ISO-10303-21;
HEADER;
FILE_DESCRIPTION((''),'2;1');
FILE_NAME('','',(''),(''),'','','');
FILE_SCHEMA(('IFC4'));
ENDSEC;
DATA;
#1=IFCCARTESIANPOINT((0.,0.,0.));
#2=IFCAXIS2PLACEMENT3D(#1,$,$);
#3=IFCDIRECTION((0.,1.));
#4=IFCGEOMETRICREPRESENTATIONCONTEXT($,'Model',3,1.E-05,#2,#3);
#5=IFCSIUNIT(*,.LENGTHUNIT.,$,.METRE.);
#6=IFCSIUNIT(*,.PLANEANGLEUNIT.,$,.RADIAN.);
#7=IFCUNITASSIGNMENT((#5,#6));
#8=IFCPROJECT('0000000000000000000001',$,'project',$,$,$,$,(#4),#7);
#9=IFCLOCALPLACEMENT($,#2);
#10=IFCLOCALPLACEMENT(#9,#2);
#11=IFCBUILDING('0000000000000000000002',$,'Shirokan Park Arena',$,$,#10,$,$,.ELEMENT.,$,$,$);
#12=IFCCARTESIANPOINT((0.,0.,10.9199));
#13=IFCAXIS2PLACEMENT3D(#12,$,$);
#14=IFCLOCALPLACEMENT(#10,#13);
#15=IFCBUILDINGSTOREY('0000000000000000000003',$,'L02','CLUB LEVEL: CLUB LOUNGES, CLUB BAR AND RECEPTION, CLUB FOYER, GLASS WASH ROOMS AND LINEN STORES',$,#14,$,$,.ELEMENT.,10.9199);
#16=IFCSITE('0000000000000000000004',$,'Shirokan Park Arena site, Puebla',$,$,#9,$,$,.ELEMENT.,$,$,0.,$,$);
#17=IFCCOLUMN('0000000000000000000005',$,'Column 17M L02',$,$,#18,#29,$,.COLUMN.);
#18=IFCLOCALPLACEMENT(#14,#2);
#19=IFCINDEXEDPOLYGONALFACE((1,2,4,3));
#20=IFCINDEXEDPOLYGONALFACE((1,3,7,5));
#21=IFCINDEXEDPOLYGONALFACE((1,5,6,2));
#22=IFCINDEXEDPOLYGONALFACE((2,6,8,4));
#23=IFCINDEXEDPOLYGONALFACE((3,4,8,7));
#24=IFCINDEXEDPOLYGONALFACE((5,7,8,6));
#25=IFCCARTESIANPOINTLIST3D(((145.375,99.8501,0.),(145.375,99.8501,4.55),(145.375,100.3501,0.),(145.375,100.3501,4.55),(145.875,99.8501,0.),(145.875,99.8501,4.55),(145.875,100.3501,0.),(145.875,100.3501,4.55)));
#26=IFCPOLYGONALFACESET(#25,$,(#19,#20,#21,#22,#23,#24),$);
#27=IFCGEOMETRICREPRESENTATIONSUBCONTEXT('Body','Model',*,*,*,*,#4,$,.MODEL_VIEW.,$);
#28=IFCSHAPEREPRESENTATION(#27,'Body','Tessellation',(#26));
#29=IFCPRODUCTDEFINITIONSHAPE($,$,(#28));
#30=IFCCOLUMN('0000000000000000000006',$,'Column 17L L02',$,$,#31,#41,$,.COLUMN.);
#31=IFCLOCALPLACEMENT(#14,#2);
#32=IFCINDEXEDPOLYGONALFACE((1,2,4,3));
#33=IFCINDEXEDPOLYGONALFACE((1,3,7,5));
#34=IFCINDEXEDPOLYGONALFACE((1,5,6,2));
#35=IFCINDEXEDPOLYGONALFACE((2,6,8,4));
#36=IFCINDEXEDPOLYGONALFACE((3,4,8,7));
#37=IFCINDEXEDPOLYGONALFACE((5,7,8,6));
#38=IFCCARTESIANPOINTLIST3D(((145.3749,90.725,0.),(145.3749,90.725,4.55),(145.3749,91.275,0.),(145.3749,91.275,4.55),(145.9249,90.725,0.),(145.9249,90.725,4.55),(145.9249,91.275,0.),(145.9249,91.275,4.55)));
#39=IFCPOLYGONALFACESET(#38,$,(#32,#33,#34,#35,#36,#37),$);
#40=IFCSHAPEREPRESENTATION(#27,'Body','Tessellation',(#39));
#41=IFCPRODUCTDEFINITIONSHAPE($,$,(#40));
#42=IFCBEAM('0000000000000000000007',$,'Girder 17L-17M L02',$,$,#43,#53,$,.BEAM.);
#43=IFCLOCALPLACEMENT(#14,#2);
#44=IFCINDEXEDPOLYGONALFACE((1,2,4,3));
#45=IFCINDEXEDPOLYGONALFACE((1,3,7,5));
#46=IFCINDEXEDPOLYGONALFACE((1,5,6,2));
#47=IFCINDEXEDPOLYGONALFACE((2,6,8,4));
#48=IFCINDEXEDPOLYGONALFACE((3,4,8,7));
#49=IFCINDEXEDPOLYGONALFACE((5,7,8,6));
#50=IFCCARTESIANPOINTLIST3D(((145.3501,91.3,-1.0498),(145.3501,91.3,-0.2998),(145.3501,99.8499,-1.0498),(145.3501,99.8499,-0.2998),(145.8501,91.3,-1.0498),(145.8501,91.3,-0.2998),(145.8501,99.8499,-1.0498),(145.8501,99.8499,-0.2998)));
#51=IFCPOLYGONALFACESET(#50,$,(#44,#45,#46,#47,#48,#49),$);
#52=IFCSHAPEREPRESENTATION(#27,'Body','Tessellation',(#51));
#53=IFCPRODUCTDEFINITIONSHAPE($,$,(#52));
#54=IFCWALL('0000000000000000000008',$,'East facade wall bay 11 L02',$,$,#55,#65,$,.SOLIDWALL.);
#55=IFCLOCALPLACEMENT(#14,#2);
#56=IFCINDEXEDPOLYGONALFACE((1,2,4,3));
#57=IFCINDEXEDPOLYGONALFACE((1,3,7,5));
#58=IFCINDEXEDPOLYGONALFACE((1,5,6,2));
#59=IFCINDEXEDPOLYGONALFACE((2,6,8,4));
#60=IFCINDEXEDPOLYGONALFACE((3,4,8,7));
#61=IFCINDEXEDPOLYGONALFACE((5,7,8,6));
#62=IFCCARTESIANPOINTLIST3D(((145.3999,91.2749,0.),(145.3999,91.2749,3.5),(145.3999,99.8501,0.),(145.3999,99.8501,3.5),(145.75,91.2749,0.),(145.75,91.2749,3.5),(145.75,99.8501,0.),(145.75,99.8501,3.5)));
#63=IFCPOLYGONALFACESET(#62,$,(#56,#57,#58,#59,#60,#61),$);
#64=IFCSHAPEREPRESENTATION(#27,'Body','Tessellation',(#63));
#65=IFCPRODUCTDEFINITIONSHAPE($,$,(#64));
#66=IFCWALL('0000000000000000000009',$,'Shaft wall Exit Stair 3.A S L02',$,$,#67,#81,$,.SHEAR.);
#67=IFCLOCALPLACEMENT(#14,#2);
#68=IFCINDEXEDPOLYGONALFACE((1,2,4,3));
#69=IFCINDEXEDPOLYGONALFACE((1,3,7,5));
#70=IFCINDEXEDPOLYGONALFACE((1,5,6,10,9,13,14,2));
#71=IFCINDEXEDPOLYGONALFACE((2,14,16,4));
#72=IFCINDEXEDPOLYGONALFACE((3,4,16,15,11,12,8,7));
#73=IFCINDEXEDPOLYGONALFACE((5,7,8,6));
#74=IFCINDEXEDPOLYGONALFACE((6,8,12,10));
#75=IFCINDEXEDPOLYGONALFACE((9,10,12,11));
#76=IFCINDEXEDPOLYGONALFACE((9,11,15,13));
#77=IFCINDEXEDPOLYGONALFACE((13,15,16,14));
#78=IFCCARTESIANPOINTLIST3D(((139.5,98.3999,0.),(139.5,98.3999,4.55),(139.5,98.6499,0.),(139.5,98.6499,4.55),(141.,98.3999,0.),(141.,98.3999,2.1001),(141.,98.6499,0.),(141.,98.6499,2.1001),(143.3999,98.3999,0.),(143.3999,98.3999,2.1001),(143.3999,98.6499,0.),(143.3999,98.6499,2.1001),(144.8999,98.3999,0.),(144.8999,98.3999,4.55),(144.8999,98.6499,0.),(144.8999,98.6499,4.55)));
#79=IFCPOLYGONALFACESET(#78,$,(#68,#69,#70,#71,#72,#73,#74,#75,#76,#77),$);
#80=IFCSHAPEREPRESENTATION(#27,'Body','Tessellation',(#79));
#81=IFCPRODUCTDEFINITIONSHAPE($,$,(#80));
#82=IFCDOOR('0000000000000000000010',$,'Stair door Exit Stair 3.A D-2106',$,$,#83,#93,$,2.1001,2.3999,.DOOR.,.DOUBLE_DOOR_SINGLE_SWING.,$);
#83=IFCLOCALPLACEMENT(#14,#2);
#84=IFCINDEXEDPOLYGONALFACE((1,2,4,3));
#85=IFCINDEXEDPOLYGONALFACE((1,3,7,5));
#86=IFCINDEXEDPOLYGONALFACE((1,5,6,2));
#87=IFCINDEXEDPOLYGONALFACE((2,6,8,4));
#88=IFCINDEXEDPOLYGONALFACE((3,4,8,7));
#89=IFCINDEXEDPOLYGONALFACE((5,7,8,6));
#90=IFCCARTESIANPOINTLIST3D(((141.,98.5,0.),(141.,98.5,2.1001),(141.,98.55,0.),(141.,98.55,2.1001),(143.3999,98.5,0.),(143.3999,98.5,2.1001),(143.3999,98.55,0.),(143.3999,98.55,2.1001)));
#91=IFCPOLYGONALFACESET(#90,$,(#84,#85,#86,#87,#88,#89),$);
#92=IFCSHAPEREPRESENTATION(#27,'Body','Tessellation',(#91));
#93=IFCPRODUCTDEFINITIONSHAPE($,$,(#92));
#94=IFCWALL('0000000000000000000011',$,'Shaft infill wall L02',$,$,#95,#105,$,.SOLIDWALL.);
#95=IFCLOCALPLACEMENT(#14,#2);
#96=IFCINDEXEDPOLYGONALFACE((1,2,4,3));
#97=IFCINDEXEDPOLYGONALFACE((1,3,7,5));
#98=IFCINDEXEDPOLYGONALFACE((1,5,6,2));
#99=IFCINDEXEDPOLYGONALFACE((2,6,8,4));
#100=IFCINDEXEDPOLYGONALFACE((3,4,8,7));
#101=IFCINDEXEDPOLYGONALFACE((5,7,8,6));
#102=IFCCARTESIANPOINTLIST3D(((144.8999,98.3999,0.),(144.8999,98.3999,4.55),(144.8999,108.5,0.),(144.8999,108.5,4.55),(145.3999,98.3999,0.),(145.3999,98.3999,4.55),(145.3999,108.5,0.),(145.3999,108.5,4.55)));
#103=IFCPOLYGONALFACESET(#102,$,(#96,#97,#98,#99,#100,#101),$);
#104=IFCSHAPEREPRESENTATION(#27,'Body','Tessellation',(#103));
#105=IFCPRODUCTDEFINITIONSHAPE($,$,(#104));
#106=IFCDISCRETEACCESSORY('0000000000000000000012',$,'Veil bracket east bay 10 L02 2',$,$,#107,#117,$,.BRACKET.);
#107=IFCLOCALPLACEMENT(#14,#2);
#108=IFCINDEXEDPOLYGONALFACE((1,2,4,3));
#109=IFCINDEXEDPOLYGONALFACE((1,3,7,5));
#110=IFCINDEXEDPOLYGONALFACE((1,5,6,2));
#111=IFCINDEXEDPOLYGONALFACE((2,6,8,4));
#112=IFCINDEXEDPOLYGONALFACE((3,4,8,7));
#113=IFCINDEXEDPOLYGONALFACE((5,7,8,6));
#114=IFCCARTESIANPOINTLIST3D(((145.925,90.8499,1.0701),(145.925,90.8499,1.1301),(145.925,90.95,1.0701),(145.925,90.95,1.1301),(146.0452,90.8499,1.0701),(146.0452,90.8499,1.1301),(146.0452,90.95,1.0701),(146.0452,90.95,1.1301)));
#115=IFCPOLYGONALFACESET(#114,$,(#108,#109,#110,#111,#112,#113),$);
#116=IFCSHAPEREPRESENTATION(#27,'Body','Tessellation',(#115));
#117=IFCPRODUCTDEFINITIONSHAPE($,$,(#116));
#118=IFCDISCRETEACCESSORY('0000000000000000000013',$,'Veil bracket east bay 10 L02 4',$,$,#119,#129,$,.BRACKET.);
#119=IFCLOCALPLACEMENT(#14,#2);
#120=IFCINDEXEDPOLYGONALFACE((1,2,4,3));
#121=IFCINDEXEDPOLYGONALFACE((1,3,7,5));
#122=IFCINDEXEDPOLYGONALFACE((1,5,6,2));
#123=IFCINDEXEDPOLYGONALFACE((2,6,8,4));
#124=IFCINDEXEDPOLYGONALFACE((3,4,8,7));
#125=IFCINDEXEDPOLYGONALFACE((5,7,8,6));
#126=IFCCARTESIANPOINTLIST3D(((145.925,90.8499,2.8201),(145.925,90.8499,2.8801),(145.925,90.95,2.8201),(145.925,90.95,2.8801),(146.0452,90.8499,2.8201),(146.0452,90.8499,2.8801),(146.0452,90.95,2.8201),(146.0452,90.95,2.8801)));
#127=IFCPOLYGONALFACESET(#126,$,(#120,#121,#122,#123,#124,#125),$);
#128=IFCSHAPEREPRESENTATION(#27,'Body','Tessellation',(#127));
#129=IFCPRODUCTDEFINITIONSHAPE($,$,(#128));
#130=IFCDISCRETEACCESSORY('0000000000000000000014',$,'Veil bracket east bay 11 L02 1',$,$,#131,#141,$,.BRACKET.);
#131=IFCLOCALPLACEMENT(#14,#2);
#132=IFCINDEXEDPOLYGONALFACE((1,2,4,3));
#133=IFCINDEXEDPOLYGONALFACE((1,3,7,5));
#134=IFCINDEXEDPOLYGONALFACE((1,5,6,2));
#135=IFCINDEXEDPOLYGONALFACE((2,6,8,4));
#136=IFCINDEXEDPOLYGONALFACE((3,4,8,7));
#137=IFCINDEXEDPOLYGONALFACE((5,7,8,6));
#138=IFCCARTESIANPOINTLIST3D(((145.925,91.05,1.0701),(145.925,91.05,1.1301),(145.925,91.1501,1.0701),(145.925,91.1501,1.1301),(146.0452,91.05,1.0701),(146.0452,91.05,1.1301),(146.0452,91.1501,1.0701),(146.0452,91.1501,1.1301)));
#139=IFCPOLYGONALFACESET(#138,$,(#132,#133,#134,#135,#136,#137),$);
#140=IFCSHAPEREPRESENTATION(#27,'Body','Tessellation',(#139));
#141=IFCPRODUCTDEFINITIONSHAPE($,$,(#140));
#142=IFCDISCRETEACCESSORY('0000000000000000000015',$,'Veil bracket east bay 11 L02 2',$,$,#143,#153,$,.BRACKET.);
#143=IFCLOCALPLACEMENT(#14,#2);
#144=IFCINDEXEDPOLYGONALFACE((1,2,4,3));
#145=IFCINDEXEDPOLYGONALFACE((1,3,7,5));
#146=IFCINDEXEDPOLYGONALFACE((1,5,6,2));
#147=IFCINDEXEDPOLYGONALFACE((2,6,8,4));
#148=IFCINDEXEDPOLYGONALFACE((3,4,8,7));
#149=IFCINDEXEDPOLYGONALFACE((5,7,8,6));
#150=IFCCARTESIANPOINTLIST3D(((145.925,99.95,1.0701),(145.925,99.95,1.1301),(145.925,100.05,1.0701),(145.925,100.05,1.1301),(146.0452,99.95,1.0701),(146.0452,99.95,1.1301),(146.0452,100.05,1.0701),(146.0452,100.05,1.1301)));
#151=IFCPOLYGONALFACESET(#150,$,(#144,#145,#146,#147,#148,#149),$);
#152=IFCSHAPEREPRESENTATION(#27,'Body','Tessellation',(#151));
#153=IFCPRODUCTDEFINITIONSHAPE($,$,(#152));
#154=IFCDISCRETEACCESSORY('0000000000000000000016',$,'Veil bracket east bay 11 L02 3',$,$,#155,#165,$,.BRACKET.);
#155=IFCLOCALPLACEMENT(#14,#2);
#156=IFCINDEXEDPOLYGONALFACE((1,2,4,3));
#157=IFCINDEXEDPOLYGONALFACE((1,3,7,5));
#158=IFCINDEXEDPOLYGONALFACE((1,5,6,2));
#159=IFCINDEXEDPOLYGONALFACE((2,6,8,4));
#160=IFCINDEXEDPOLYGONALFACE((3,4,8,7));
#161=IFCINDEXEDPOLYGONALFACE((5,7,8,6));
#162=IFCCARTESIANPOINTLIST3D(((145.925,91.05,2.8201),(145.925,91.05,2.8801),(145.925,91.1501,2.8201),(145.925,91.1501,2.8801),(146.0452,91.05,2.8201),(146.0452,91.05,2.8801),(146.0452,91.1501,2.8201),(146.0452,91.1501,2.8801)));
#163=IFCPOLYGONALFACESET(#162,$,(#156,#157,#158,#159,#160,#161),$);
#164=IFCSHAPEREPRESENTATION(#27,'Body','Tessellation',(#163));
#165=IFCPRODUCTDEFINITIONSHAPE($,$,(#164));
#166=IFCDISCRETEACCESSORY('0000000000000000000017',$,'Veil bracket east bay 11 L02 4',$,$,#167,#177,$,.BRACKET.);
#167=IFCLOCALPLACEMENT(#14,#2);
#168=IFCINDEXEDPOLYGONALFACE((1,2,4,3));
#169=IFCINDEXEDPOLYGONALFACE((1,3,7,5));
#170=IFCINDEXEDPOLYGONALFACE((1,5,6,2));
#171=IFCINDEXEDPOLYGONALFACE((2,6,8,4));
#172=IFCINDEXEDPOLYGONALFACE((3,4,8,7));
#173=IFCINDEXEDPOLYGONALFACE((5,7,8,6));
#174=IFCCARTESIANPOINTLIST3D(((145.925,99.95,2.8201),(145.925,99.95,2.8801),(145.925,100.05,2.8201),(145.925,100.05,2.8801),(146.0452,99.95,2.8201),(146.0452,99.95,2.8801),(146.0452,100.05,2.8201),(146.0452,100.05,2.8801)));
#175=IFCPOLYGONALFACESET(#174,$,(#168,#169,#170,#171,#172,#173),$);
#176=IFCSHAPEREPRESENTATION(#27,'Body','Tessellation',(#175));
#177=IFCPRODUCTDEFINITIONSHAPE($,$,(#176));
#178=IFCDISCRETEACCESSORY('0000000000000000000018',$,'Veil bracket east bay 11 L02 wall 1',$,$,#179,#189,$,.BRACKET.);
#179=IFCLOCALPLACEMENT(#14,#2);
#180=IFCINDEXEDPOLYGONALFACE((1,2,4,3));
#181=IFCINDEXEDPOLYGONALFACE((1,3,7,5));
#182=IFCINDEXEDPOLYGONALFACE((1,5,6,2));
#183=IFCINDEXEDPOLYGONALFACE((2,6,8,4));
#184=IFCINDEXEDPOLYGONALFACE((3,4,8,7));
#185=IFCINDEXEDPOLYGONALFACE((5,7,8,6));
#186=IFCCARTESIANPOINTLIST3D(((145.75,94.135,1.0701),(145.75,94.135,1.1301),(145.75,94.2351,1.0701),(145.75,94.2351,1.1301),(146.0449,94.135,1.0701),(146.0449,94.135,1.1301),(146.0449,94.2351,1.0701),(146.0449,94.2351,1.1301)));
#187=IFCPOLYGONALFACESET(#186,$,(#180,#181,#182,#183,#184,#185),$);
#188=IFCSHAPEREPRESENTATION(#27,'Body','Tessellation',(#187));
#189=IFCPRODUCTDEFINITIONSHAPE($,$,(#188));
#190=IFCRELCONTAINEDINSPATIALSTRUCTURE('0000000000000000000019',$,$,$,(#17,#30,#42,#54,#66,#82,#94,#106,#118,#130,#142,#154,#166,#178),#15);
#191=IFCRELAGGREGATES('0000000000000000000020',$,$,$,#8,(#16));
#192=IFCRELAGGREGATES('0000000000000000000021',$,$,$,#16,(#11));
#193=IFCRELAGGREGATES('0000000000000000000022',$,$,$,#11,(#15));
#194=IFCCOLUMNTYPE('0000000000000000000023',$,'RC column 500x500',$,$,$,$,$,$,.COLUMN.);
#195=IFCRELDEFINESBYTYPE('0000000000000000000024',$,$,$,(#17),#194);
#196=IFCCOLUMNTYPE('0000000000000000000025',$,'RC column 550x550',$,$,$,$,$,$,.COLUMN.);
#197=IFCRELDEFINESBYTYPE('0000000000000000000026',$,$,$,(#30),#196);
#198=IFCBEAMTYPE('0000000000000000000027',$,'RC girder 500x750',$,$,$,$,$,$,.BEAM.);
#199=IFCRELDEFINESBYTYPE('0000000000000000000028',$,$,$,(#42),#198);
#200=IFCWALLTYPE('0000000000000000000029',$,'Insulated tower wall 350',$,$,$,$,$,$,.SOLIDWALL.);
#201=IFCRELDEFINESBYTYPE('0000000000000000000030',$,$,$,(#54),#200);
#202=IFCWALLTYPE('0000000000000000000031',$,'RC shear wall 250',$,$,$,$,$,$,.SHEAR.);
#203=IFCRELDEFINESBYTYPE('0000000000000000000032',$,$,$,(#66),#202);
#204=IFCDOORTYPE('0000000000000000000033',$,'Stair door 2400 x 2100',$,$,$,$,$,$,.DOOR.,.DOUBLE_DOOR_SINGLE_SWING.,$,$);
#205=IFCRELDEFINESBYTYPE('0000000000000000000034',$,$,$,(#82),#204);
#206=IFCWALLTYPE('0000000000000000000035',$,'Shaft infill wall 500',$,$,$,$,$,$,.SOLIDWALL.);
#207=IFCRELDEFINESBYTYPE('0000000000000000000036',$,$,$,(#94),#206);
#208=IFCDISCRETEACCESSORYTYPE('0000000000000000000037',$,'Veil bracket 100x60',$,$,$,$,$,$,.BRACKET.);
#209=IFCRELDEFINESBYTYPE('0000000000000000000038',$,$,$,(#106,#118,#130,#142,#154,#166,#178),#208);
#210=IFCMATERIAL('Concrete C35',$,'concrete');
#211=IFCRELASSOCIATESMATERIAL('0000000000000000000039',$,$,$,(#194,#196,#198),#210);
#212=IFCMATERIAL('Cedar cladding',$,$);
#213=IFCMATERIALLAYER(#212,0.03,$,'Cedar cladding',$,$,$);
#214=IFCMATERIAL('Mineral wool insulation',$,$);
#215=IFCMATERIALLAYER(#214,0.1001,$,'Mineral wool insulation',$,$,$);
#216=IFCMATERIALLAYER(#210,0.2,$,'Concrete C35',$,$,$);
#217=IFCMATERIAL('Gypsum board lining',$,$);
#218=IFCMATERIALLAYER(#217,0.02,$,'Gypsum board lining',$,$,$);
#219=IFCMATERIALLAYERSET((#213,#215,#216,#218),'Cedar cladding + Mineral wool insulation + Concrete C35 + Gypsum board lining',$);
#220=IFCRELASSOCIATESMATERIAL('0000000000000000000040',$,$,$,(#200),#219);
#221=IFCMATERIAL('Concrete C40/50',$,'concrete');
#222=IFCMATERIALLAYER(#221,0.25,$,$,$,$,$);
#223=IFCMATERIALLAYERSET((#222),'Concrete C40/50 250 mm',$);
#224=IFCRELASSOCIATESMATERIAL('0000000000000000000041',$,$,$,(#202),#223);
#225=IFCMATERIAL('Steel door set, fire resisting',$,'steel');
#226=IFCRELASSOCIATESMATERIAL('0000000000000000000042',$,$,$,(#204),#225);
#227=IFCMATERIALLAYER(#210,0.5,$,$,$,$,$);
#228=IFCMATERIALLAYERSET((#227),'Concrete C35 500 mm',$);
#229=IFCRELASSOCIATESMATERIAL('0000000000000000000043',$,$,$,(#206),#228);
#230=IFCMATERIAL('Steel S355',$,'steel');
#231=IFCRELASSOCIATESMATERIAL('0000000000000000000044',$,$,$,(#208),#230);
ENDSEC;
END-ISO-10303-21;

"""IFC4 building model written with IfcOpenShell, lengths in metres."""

from ifc_helpers import new_model, si_unit, direction, frame, frame_2d, origin, origin_2d, place, context, subcontext, project, spatial, rectangle, extrude, material, layer, layer_set, material_profile, profile_set, type_object, element, fill, save


model = new_model("IFC4")

# Units and contexts
model_context = context("Model", 3, precision=1e-05, world=origin(), true_north=direction((0.0, 1.0)))
body_context = subcontext(model_context, "Body", "Model", "MODEL_VIEW")
ifc_project = project(units=[si_unit("LENGTHUNIT", "METRE"), si_unit("PLANEANGLEUNIT", "RADIAN")], contexts=[model_context])

# Site, building, storey
site_placement = place(None, origin())
site = spatial("IfcSite", under=ifc_project, at=site_placement, Name="Shirokan Park Arena site, Puebla", CompositionType="ELEMENT", RefElevation=0.0)
building_placement = place(site_placement, origin())
building = spatial("IfcBuilding", under=site, at=building_placement, Name="Shirokan Park Arena", CompositionType="ELEMENT")
storey_placement = place(building_placement, frame((0.0, 0.0, 10.9199)))
storey = spatial("IfcBuildingStorey", under=building, at=storey_placement, Name="L02", Description="CLUB LEVEL: CLUB LOUNGES, CLUB BAR AND RECEPTION, CLUB FOYER, GLASS WASH ROOMS AND LINEN STORES", CompositionType="ELEMENT", Elevation=10.9199)

# Columns
ifc_material_1 = material(Name="Concrete C35", Category="concrete")
ifc_material_profile_1 = material_profile(ifc_material_1, rectangle(XDim=0.5, YDim=0.5, at=origin_2d()), Name="500x500")
ifc_profile_set_1 = profile_set([ifc_material_profile_1], Name="Concrete C35")
column_type_1 = type_object("IfcColumnType", Name="RC column 500x500", PredefinedType="COLUMN", material=ifc_profile_set_1)
column_1_placement = place(storey_placement, frame((145.625, 100.1001, 0.0), z_axis=(0.0, 0.0, 1.0), x_axis=(1.0, 0.0, 0.0)))
element("IfcColumn", 1, at=column_1_placement, inside=storey, type_object=column_type_1, Name="Column 17M L02", PredefinedType="COLUMN", context=body_context, shape_type="SweptSolid", body=[
    extrude(rectangle(XDim=0.5, YDim=0.5, at=origin_2d()), origin(), (0.0, 0.0, 1.0), 4.55),
])
ifc_material_profile_2 = material_profile(ifc_material_1, rectangle(XDim=0.55, YDim=0.55, at=origin_2d()), Name="550x550")
ifc_profile_set_2 = profile_set([ifc_material_profile_2], Name="Concrete C35")
column_type_2 = type_object("IfcColumnType", Name="RC column 550x550", PredefinedType="COLUMN", material=ifc_profile_set_2)
column_2_placement = place(storey_placement, frame((145.6499, 91.0, 0.0), z_axis=(0.0, 0.0, 1.0), x_axis=(1.0, 0.0, 0.0)))
element("IfcColumn", 2, at=column_2_placement, inside=storey, type_object=column_type_2, Name="Column 17L L02", PredefinedType="COLUMN", context=body_context, shape_type="SweptSolid", body=[
    extrude(rectangle(XDim=0.55, YDim=0.55, at=origin_2d()), origin(), (0.0, 0.0, 1.0), 4.55),
])

# Beam
ifc_material_profile_3 = material_profile(ifc_material_1, rectangle(XDim=0.5, YDim=0.75, at=origin_2d()), Name="500x750")
ifc_profile_set_3 = profile_set([ifc_material_profile_3], Name="Concrete C35")
beam_type = type_object("IfcBeamType", Name="RC girder 500x750", PredefinedType="BEAM", material=ifc_profile_set_3)
beam_placement = place(storey_placement, frame((145.6001, 91.3, -0.6748), z_axis=(0.0, 1.0, 0.0), x_axis=(-1.0, 0.0, 0.0)))
element("IfcBeam", 3, at=beam_placement, inside=storey, type_object=beam_type, Name="Girder 17L-17M L02", PredefinedType="BEAM", context=body_context, shape_type="SweptSolid", body=[
    extrude(rectangle(XDim=0.5, YDim=0.75, at=origin_2d()), origin(), (0.0, 0.0, 1.0), 8.5498),
])

# Wall
ifc_material_2 = material(Name="Cedar cladding")
ifc_layer_1 = layer(ifc_material_2, 0.03, Name="Cedar cladding")
ifc_material_3 = material(Name="Mineral wool insulation")
ifc_layer_2 = layer(ifc_material_3, 0.1001, Name="Mineral wool insulation")
ifc_layer_3 = layer(ifc_material_1, 0.2, Name="Concrete C35")
ifc_material_4 = material(Name="Gypsum board lining")
ifc_layer_4 = layer(ifc_material_4, 0.02, Name="Gypsum board lining")
ifc_layer_set_1 = layer_set([ifc_layer_1, ifc_layer_2, ifc_layer_3, ifc_layer_4], Name="Cedar cladding + Mineral wool insulation + Concrete C35 + Gypsum board lining")
wall_type_1 = type_object("IfcWallType", Name="Insulated tower wall 350", PredefinedType="SOLIDWALL", material=ifc_layer_set_1)
wall_1_placement = place(storey_placement, frame((145.575, 91.2749, 0.0), z_axis=(0.0, 0.0, 1.0), x_axis=(0.0, 1.0, 0.0)))
element("IfcWall", 4, at=wall_1_placement, inside=storey, type_object=wall_type_1, Name="East facade wall bay 11 L02", PredefinedType="SOLIDWALL", context=body_context, shape_type="SweptSolid", body=[
    extrude(rectangle(XDim=8.5752, YDim=0.3501, at=frame_2d((4.2876, 0.0))), origin(), (0.0, 0.0, 1.0), 3.5),
])

# Wall, opening, door
ifc_material_5 = material(Name="Concrete C40/50", Category="concrete")
ifc_layer_5 = layer(ifc_material_5, 0.25)
ifc_layer_set_2 = layer_set([ifc_layer_5], Name="Concrete C40/50 250 mm")
wall_type_2 = type_object("IfcWallType", Name="RC shear wall 250", PredefinedType="SHEAR", material=ifc_layer_set_2)
wall_2_placement = place(storey_placement, frame((144.8999, 98.5249, 0.0), z_axis=(0.0, 0.0, 1.0), x_axis=(-1.0, 0.0, 0.0)))
wall_2 = element("IfcWall", 5, at=wall_2_placement, inside=storey, type_object=wall_type_2, Name="Shaft wall Exit Stair 3.A S L02", PredefinedType="SHEAR", context=body_context, shape_type="SweptSolid", body=[
    extrude(rectangle(XDim=5.3999, YDim=0.25, at=frame_2d((2.7, 0.0))), origin(), (0.0, 0.0, 1.0), 4.55),
])
opening_placement = place(wall_2_placement, frame((1.5, 0.0, 0.0)))
opening = element("IfcOpeningElement", 6, at=opening_placement, cuts=wall_2, PredefinedType="OPENING", context=body_context, shape_type="SweptSolid", body=[
    extrude(rectangle(XDim=2.3999, YDim=2.1001, at=frame_2d((1.2, 1.05))), frame((0.0, 0.135, 0.0), z_axis=(0.0, -1.0, 0.0), x_axis=(1.0, 0.0, 0.0)), (0.0, 0.0, 1.0), 0.27),
])
ifc_material_6 = material(Name="Steel door set, fire resisting", Category="steel")
door_type = type_object("IfcDoorType", Name="Stair door 2400 x 2100", OperationType="DOUBLE_DOOR_SINGLE_SWING", PredefinedType="DOOR", material=ifc_material_6)
door_placement = place(opening_placement, origin())
door = element("IfcDoor", 7, at=door_placement, inside=storey, type_object=door_type, Name="Stair door Exit Stair 3.A D-2106", OperationType="DOUBLE_DOOR_SINGLE_SWING", OverallHeight=2.1001, OverallWidth=2.3999, PredefinedType="DOOR", context=body_context, shape_type="SweptSolid", body=[
    extrude(rectangle(XDim=2.3999, YDim=2.1001, at=frame_2d((1.2, 1.05))), frame((0.0, 0.0249, 0.0), z_axis=(0.0, -1.0, 0.0), x_axis=(1.0, 0.0, 0.0)), (0.0, 0.0, 1.0), 0.05),
])
fill(opening, door)

# Wall
ifc_layer_6 = layer(ifc_material_1, 0.5)
ifc_layer_set_3 = layer_set([ifc_layer_6], Name="Concrete C35 500 mm")
wall_type_3 = type_object("IfcWallType", Name="Shaft infill wall 500", PredefinedType="SOLIDWALL", material=ifc_layer_set_3)
wall_3_placement = place(storey_placement, frame((145.1499, 98.3999, 0.0), z_axis=(0.0, 0.0, 1.0), x_axis=(0.0, 1.0, 0.0)))
element("IfcWall", 8, at=wall_3_placement, inside=storey, type_object=wall_type_3, Name="Shaft infill wall L02", PredefinedType="SOLIDWALL", context=body_context, shape_type="SweptSolid", body=[
    extrude(rectangle(XDim=10.1001, YDim=0.5, at=frame_2d((5.05, 0.0))), origin(), (0.0, 0.0, 1.0), 4.55),
])

# Discrete accessories
ifc_material_7 = material(Name="Steel S355", Category="steel")
discrete_accessory_type = type_object("IfcDiscreteAccessoryType", Name="Veil bracket 100x60", PredefinedType="BRACKET", material=ifc_material_7)
for number, where, z_axis, x_axis, name in (
    (9, (145.9851, 90.8999, 1.0701), (0.0, 0.0, 1.0), (0.0, 1.0, 0.0), "Veil bracket east bay 10 L02 2"),
    (10, (145.9851, 90.8999, 2.8201), (0.0, 0.0, 1.0), (0.0, 1.0, 0.0), "Veil bracket east bay 10 L02 4"),
    (11, (145.9851, 91.1001, 1.0701), (0.0, 0.0, 1.0), (0.0, 1.0, 0.0), "Veil bracket east bay 11 L02 1"),
    (12, (145.9851, 100.0, 1.0701), (0.0, 0.0, 1.0), (0.0, 1.0, 0.0), "Veil bracket east bay 11 L02 2"),
    (13, (145.9851, 91.1001, 2.8201), (0.0, 0.0, 1.0), (0.0, 1.0, 0.0), "Veil bracket east bay 11 L02 3"),
    (14, (145.9851, 100.0, 2.8201), (0.0, 0.0, 1.0), (0.0, 1.0, 0.0), "Veil bracket east bay 11 L02 4"),
):
    element("IfcDiscreteAccessory", number, at=place(storey_placement, frame(where, z_axis=z_axis, x_axis=x_axis)), inside=storey, type_object=discrete_accessory_type, Name=name, PredefinedType="BRACKET", context=body_context, shape_type="SweptSolid", body=[
        extrude(rectangle(XDim=0.1001, YDim=0.1201, at=origin_2d()), origin(), (0.0, 0.0, 1.0), 0.0601),
    ])
for number, where, z_axis, x_axis, name in (
    (15, (145.8975, 94.1851, 1.0701), (0.0, 0.0, 1.0), (0.0, 1.0, 0.0), "Veil bracket east bay 11 L02 wall 1"),
):
    element("IfcDiscreteAccessory", number, at=place(storey_placement, frame(where, z_axis=z_axis, x_axis=x_axis)), inside=storey, type_object=discrete_accessory_type, Name=name, PredefinedType="BRACKET", context=body_context, shape_type="SweptSolid", body=[
        extrude(rectangle(XDim=0.1001, YDim=0.2949, at=origin_2d()), origin(), (0.0, 0.0, 1.0), 0.0601),
    ])

save(model, "model.ifc")
